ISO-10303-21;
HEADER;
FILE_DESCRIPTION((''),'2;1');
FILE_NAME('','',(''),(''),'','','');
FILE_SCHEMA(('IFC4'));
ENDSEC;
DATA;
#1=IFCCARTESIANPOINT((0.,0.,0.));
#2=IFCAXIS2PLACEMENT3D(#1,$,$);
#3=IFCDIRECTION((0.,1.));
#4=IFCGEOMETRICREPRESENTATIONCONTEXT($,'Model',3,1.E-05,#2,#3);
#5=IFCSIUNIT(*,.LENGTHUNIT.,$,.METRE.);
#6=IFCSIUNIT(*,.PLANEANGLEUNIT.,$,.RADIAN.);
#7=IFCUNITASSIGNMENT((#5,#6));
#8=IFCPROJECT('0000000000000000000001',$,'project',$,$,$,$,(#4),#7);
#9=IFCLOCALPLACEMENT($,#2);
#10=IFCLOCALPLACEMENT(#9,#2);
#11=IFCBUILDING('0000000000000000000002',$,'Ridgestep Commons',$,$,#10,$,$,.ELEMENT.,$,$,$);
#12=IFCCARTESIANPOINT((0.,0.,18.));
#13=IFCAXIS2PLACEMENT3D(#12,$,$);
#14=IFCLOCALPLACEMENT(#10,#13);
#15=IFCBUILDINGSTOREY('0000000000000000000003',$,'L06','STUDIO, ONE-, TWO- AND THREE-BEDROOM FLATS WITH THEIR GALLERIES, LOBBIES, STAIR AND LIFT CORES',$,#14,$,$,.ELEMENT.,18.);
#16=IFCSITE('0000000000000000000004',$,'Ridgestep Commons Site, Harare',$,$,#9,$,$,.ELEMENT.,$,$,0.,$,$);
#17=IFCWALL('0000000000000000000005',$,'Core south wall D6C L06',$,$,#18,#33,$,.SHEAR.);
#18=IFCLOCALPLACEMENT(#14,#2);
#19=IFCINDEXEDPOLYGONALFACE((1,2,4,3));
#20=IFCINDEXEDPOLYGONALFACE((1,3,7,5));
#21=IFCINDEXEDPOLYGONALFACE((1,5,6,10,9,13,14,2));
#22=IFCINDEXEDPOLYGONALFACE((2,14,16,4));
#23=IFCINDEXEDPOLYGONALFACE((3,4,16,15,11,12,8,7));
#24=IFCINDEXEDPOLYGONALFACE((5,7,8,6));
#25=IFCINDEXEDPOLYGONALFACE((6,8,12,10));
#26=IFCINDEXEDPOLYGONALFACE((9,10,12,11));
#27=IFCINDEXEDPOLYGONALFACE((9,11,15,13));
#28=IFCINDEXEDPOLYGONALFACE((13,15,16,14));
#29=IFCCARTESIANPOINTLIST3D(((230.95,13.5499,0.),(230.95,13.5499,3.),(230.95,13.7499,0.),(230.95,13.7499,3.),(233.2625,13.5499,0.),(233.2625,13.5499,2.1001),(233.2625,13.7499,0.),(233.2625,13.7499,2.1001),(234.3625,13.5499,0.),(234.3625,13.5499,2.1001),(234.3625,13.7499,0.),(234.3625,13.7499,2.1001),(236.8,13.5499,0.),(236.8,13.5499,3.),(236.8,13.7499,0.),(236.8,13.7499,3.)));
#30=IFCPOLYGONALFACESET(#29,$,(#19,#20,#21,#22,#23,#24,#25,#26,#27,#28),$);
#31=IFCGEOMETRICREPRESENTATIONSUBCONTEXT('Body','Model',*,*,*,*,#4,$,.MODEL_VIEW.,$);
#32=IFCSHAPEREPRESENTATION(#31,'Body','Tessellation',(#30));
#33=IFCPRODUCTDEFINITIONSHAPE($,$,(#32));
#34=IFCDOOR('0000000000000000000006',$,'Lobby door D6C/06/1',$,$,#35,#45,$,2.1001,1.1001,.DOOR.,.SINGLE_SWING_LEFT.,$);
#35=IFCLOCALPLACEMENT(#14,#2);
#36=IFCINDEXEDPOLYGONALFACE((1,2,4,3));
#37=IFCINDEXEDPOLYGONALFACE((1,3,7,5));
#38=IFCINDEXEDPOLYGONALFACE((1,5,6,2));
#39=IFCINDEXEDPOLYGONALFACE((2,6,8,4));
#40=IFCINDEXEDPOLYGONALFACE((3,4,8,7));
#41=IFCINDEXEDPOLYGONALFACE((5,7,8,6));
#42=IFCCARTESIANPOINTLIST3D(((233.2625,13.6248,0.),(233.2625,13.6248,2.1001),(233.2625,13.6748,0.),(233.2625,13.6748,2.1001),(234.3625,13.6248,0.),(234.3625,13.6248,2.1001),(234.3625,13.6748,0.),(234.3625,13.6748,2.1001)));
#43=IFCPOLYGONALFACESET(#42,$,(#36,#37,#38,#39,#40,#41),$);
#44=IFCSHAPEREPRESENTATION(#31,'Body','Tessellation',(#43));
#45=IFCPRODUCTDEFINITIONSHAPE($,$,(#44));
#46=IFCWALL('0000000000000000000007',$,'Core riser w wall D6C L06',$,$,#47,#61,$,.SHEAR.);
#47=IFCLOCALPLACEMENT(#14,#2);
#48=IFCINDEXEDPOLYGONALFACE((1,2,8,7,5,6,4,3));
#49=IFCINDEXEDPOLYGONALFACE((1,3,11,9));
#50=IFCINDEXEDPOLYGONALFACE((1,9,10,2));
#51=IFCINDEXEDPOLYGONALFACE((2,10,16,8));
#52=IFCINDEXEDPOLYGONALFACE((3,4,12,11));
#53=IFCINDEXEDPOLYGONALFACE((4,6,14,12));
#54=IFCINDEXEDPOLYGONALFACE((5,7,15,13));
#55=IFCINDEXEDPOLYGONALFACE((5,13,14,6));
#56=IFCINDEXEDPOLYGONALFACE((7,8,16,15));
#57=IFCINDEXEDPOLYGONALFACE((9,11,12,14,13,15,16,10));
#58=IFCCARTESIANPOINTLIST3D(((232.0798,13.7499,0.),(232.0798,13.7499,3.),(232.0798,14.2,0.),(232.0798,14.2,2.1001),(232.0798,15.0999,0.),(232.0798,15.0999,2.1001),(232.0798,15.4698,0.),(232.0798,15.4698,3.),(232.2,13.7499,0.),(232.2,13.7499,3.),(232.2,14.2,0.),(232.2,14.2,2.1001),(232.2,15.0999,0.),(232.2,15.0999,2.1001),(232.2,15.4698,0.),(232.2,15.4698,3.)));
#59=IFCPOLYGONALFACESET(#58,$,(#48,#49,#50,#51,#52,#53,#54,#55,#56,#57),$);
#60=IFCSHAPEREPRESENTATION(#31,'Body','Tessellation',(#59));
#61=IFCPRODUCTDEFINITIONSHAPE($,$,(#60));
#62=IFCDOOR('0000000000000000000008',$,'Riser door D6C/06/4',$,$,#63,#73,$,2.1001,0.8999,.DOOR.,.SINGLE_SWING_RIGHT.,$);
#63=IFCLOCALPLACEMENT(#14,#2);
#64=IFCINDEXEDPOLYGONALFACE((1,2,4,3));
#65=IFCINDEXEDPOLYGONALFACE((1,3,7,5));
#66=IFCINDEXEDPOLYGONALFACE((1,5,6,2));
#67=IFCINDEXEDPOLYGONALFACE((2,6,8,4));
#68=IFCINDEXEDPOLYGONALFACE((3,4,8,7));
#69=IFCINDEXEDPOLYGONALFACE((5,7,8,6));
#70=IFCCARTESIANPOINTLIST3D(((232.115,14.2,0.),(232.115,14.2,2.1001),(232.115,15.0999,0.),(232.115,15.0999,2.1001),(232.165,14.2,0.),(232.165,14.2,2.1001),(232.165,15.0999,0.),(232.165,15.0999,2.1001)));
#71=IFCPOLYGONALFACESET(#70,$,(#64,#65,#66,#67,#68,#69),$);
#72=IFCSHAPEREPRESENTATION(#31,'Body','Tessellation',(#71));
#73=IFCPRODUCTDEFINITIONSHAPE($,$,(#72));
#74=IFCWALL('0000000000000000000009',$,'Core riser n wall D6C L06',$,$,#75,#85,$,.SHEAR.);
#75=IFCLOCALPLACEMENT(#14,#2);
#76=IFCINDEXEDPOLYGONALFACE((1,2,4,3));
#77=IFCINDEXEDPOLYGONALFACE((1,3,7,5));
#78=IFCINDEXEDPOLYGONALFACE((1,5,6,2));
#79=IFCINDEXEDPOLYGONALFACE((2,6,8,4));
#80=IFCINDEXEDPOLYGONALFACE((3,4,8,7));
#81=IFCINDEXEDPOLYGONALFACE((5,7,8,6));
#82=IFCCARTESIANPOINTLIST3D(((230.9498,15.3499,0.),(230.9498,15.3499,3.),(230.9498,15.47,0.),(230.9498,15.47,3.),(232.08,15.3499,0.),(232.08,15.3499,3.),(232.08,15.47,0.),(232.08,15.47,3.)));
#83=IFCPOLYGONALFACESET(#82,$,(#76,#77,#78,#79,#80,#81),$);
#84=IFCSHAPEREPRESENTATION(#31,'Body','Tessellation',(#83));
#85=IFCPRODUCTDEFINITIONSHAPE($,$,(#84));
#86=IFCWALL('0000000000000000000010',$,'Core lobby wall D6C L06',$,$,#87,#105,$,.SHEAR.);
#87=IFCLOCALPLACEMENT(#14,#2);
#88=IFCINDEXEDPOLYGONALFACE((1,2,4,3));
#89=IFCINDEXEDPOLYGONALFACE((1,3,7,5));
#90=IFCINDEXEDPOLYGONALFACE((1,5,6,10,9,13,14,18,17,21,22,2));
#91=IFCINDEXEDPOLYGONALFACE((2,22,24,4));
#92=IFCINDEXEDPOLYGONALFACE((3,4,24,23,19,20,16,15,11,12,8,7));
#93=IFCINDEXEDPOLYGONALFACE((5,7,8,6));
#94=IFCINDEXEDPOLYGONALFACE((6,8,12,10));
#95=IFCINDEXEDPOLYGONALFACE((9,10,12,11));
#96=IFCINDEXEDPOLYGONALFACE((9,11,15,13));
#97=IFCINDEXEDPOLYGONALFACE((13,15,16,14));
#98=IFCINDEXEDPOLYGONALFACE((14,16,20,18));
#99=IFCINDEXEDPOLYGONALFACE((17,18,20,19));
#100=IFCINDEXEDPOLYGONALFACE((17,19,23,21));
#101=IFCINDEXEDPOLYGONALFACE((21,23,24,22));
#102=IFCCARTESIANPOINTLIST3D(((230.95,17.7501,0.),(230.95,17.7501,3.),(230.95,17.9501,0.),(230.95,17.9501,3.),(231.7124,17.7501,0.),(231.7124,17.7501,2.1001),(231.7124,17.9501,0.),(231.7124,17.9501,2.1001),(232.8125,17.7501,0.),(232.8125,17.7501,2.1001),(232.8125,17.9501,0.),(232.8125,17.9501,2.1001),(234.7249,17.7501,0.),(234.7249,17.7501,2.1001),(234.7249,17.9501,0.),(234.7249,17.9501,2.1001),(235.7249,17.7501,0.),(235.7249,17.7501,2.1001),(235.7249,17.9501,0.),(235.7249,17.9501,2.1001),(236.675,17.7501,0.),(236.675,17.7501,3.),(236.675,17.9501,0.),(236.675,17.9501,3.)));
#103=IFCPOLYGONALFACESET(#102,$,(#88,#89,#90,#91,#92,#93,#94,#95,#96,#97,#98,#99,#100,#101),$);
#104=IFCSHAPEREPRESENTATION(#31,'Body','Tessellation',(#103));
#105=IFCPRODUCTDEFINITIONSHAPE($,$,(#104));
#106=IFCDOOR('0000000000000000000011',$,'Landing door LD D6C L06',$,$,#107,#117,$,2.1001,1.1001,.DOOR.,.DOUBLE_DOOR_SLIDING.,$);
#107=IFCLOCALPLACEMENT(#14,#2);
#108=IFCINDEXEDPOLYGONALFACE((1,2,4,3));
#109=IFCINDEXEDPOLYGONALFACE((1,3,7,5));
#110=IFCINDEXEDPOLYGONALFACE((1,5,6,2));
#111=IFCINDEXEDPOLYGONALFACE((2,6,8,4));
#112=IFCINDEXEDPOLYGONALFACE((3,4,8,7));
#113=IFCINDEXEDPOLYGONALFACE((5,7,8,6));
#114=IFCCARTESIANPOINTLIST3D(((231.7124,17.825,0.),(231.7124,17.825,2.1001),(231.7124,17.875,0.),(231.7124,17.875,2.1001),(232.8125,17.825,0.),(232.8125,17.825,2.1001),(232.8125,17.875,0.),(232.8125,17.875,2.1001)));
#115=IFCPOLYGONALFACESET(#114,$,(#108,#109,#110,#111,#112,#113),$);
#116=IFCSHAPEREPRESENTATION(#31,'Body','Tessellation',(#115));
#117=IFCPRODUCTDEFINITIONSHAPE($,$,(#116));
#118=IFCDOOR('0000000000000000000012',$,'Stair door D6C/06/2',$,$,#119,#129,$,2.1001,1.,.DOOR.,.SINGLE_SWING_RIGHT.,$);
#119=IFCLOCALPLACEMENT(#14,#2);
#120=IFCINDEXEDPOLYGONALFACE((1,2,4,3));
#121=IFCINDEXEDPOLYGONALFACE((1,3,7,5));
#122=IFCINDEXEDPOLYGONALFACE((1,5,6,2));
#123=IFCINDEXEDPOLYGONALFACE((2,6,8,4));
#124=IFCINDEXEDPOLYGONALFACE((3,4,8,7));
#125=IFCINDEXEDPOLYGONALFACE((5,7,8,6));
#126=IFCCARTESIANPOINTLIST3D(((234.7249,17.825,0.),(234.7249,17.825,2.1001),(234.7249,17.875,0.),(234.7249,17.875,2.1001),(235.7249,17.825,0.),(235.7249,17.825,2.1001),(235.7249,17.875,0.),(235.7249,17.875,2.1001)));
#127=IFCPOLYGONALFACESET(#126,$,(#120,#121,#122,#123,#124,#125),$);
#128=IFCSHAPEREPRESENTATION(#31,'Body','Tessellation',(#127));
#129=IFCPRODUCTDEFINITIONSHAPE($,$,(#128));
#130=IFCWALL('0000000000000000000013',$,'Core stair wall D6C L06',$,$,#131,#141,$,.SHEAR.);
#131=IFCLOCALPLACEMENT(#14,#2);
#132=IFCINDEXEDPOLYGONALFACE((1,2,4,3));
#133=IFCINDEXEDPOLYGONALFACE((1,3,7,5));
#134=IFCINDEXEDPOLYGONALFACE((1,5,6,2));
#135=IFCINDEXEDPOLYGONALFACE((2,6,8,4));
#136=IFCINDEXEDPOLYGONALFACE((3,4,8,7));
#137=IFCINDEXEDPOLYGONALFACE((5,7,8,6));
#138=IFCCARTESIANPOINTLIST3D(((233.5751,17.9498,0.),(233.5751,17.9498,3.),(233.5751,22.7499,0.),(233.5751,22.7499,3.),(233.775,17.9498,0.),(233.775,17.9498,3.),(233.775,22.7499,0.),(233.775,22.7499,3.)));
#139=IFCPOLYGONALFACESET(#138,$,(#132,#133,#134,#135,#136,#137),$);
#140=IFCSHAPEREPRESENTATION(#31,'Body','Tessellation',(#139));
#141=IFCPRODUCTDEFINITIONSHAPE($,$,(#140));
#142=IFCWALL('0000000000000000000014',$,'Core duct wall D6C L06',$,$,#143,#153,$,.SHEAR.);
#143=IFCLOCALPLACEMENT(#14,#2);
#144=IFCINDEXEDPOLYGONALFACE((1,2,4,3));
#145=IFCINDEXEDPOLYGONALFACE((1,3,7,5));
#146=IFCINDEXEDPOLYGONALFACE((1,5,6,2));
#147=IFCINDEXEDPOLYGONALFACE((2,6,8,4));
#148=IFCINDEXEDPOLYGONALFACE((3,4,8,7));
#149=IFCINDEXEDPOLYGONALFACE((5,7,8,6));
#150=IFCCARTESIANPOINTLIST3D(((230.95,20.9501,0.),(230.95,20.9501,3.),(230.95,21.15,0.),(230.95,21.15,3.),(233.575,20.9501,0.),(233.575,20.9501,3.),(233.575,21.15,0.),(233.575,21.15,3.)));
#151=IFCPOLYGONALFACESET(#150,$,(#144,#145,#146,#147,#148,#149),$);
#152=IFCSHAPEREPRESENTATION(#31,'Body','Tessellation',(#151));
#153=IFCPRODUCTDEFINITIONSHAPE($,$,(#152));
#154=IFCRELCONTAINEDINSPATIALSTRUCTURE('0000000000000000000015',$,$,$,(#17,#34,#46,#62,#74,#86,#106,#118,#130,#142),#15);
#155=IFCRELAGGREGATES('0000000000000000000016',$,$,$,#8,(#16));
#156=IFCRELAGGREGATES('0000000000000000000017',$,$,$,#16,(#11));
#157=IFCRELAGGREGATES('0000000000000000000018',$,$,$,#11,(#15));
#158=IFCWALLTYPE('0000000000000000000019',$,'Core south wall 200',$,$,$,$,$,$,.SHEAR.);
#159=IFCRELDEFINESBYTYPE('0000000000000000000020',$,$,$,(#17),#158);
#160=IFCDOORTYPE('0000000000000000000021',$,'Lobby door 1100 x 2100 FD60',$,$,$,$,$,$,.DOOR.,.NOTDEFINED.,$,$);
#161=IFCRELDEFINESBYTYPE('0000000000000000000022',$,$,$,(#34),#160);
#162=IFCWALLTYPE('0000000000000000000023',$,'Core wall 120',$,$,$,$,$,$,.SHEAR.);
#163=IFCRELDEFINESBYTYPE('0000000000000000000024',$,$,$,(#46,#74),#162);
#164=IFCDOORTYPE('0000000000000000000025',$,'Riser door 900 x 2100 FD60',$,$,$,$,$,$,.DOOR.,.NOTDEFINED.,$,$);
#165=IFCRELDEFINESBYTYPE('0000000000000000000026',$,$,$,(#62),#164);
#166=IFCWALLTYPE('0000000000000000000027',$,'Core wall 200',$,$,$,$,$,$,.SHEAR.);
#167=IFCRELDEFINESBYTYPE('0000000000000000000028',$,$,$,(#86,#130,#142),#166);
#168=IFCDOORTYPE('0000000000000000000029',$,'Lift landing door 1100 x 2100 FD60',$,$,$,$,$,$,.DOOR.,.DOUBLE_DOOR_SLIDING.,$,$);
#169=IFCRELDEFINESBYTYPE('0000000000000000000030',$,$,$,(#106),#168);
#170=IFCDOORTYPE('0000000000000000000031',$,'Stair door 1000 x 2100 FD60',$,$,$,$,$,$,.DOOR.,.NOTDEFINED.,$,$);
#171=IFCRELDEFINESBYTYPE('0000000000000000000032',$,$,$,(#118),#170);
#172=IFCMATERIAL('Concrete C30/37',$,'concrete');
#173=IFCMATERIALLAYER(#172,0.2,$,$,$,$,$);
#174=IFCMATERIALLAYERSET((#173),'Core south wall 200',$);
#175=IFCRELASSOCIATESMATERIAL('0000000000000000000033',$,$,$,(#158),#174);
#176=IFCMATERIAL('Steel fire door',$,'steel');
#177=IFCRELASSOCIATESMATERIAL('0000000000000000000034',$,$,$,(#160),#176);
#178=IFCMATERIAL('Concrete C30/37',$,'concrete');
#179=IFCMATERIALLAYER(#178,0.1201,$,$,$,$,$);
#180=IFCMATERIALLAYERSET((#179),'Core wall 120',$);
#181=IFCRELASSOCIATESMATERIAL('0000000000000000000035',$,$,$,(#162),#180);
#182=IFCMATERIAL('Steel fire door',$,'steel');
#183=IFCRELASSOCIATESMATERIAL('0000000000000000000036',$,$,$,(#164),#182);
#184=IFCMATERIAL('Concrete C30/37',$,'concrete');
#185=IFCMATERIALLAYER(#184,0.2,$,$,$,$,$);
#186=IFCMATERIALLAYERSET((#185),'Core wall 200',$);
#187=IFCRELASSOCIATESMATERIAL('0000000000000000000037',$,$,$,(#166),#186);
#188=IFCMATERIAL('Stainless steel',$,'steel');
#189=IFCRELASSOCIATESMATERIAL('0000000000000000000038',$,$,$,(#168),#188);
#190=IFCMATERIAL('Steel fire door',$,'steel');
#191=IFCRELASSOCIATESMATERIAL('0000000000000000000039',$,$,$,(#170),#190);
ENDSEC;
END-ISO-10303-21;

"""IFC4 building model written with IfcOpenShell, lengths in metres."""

from ifc_helpers import new_model, si_unit, direction, frame, frame_2d, origin, place, context, subcontext, project, spatial, rectangle, extrude, material, layer, layer_set, type_object, element, fill, save


model = new_model("IFC4")

# Units and contexts
model_context = context("Model", 3, precision=1e-05, world=origin(), true_north=direction((0.0, 1.0)))
body_context = subcontext(model_context, "Body", "Model", "MODEL_VIEW")
ifc_project = project(units=[si_unit("LENGTHUNIT", "METRE"), si_unit("PLANEANGLEUNIT", "RADIAN")], contexts=[model_context])

# Site, building, storey
site_placement = place(None, origin())
site = spatial("IfcSite", under=ifc_project, at=site_placement, Name="Ridgestep Commons Site, Harare", CompositionType="ELEMENT", RefElevation=0.0)
building_placement = place(site_placement, origin())
building = spatial("IfcBuilding", under=site, at=building_placement, Name="Ridgestep Commons", CompositionType="ELEMENT")
storey_placement = place(building_placement, frame((0.0, 0.0, 18.0)))
storey = spatial("IfcBuildingStorey", under=building, at=storey_placement, Name="L06", Description="STUDIO, ONE-, TWO- AND THREE-BEDROOM FLATS WITH THEIR GALLERIES, LOBBIES, STAIR AND LIFT CORES", CompositionType="ELEMENT", Elevation=18.0)

# Walls, openings, doors
ifc_material_1 = material(Name="Concrete C30/37", Category="concrete")
ifc_layer_1 = layer(ifc_material_1, 0.2)
ifc_layer_set_1 = layer_set([ifc_layer_1], Name="Core south wall 200")
wall_type_1 = type_object("IfcWallType", Name="Core south wall 200", PredefinedType="SHEAR", material=ifc_layer_set_1)
wall_1_placement = place(storey_placement, frame((230.95, 13.6499, 0.0), z_axis=(0.0, 0.0, 1.0), x_axis=(1.0, 0.0, 0.0)))
wall_1 = element("IfcWall", 1, at=wall_1_placement, inside=storey, type_object=wall_type_1, Name="Core south wall D6C L06", PredefinedType="SHEAR", context=body_context, shape_type="SweptSolid", body=[
    extrude(rectangle(XDim=5.8501, YDim=0.2, at=frame_2d((2.925, 0.0))), origin(), (0.0, 0.0, 1.0), 3.0),
])
opening_1_placement = place(wall_1_placement, frame((2.3125, 0.0, 0.0)))
opening_1 = element("IfcOpeningElement", 2, at=opening_1_placement, cuts=wall_1, PredefinedType="OPENING", context=body_context, shape_type="SweptSolid", body=[
    extrude(rectangle(XDim=1.1001, YDim=2.1001, at=frame_2d((0.55, 1.05))), frame((0.0, 0.1099, 0.0), z_axis=(0.0, -1.0, 0.0), x_axis=(1.0, 0.0, 0.0)), (0.0, 0.0, 1.0), 0.22),
])
ifc_material_2 = material(Name="Steel fire door", Category="steel")
door_type_1 = type_object("IfcDoorType", Name="Lobby door 1100 x 2100 FD60", OperationType="NOTDEFINED", PredefinedType="DOOR", material=ifc_material_2)
door_1_placement = place(opening_1_placement, origin())
door_1 = element("IfcDoor", 3, at=door_1_placement, inside=storey, type_object=door_type_1, Name="Lobby door D6C/06/1", OperationType="SINGLE_SWING_LEFT", OverallHeight=2.1001, OverallWidth=1.1001, PredefinedType="DOOR", context=body_context, shape_type="SweptSolid", body=[
    extrude(rectangle(XDim=1.1001, YDim=2.1001, at=frame_2d((0.55, 1.05))), frame((0.0, 0.0249, 0.0), z_axis=(0.0, -1.0, 0.0), x_axis=(1.0, 0.0, 0.0)), (0.0, 0.0, 1.0), 0.05),
])
fill(opening_1, door_1)
ifc_material_3 = material(Name="Concrete C30/37", Category="concrete")
ifc_layer_2 = layer(ifc_material_3, 0.1201)
ifc_layer_set_2 = layer_set([ifc_layer_2], Name="Core wall 120")
wall_type_2 = type_object("IfcWallType", Name="Core wall 120", PredefinedType="SHEAR", material=ifc_layer_set_2)
wall_2_placement = place(storey_placement, frame((232.1399, 13.75, 0.0), z_axis=(0.0, 0.0, 1.0), x_axis=(0.0, 1.0, 0.0)))
wall_2 = element("IfcWall", 4, at=wall_2_placement, inside=storey, type_object=wall_type_2, Name="Core riser w wall D6C L06", PredefinedType="SHEAR", context=body_context, shape_type="SweptSolid", body=[
    extrude(rectangle(XDim=1.72, YDim=0.1201, at=frame_2d((0.8599, 0.0))), origin(), (0.0, 0.0, 1.0), 3.0),
])
opening_2_placement = place(wall_2_placement, frame((0.45, 0.0, 0.0)))
opening_2 = element("IfcOpeningElement", 5, at=opening_2_placement, cuts=wall_2, PredefinedType="OPENING", context=body_context, shape_type="SweptSolid", body=[
    extrude(rectangle(XDim=0.8999, YDim=2.1001, at=frame_2d((0.45, 1.05))), frame((0.0, 0.0701, 0.0), z_axis=(0.0, -1.0, 0.0), x_axis=(1.0, 0.0, 0.0)), (0.0, 0.0, 1.0), 0.1401),
])
ifc_material_4 = material(Name="Steel fire door", Category="steel")
door_type_2 = type_object("IfcDoorType", Name="Riser door 900 x 2100 FD60", OperationType="NOTDEFINED", PredefinedType="DOOR", material=ifc_material_4)
door_2_placement = place(opening_2_placement, origin())
door_2 = element("IfcDoor", 6, at=door_2_placement, inside=storey, type_object=door_type_2, Name="Riser door D6C/06/4", OperationType="SINGLE_SWING_RIGHT", OverallHeight=2.1001, OverallWidth=0.8999, PredefinedType="DOOR", context=body_context, shape_type="SweptSolid", body=[
    extrude(rectangle(XDim=0.8999, YDim=2.1001, at=frame_2d((0.45, 1.05))), frame((0.0, 0.0249, 0.0), z_axis=(0.0, -1.0, 0.0), x_axis=(1.0, 0.0, 0.0)), (0.0, 0.0, 1.0), 0.05),
])
fill(opening_2, door_2)

# Wall
wall_3_placement = place(storey_placement, frame((230.95, 15.4099, 0.0), z_axis=(0.0, 0.0, 1.0), x_axis=(1.0, 0.0, 0.0)))
element("IfcWall", 7, at=wall_3_placement, inside=storey, type_object=wall_type_2, Name="Core riser n wall D6C L06", PredefinedType="SHEAR", context=body_context, shape_type="SweptSolid", body=[
    extrude(rectangle(XDim=1.1301, YDim=0.1201, at=frame_2d((0.5649, 0.0))), origin(), (0.0, 0.0, 1.0), 3.0),
])

# Wall, openings, doors
ifc_material_5 = material(Name="Concrete C30/37", Category="concrete")
ifc_layer_3 = layer(ifc_material_5, 0.2)
ifc_layer_set_3 = layer_set([ifc_layer_3], Name="Core wall 200")
wall_type_3 = type_object("IfcWallType", Name="Core wall 200", PredefinedType="SHEAR", material=ifc_layer_set_3)
wall_4_placement = place(storey_placement, frame((230.95, 17.8501, 0.0), z_axis=(0.0, 0.0, 1.0), x_axis=(1.0, 0.0, 0.0)))
wall_4 = element("IfcWall", 8, at=wall_4_placement, inside=storey, type_object=wall_type_3, Name="Core lobby wall D6C L06", PredefinedType="SHEAR", context=body_context, shape_type="SweptSolid", body=[
    extrude(rectangle(XDim=5.7251, YDim=0.2, at=frame_2d((2.8625, 0.0))), origin(), (0.0, 0.0, 1.0), 3.0),
])
opening_3_placement = place(wall_4_placement, frame((3.7749, 0.0, 0.0)))
opening_3 = element("IfcOpeningElement", 9, at=opening_3_placement, cuts=wall_4, PredefinedType="OPENING", context=body_context, shape_type="SweptSolid", body=[
    extrude(rectangle(XDim=1.0, YDim=2.1001, at=frame_2d((0.5, 1.05))), frame((0.0, 0.1099, 0.0), z_axis=(0.0, -1.0, 0.0), x_axis=(1.0, 0.0, 0.0)), (0.0, 0.0, 1.0), 0.22),
])
opening_4_placement = place(wall_4_placement, frame((0.7625, 0.0, 0.0)))
opening_4 = element("IfcOpeningElement", 10, at=opening_4_placement, cuts=wall_4, PredefinedType="OPENING", context=body_context, shape_type="SweptSolid", body=[
    extrude(rectangle(XDim=1.1001, YDim=2.1001, at=frame_2d((0.55, 1.05))), frame((0.0, 0.1099, 0.0), z_axis=(0.0, -1.0, 0.0), x_axis=(1.0, 0.0, 0.0)), (0.0, 0.0, 1.0), 0.22),
])
ifc_material_6 = material(Name="Stainless steel", Category="steel")
door_type_3 = type_object("IfcDoorType", Name="Lift landing door 1100 x 2100 FD60", OperationType="DOUBLE_DOOR_SLIDING", PredefinedType="DOOR", material=ifc_material_6)
door_3_placement = place(opening_4_placement, origin())
door_3 = element("IfcDoor", 11, at=door_3_placement, inside=storey, type_object=door_type_3, Name="Landing door LD D6C L06", OperationType="DOUBLE_DOOR_SLIDING", OverallHeight=2.1001, OverallWidth=1.1001, PredefinedType="DOOR", context=body_context, shape_type="SweptSolid", body=[
    extrude(rectangle(XDim=1.1001, YDim=2.1001, at=frame_2d((0.55, 1.05))), frame((0.0, 0.0249, 0.0), z_axis=(0.0, -1.0, 0.0), x_axis=(1.0, 0.0, 0.0)), (0.0, 0.0, 1.0), 0.05),
])
fill(opening_4, door_3)
ifc_material_7 = material(Name="Steel fire door", Category="steel")
door_type_4 = type_object("IfcDoorType", Name="Stair door 1000 x 2100 FD60", OperationType="NOTDEFINED", PredefinedType="DOOR", material=ifc_material_7)
door_4_placement = place(opening_3_placement, origin())
door_4 = element("IfcDoor", 12, at=door_4_placement, inside=storey, type_object=door_type_4, Name="Stair door D6C/06/2", OperationType="SINGLE_SWING_RIGHT", OverallHeight=2.1001, OverallWidth=1.0, PredefinedType="DOOR", context=body_context, shape_type="SweptSolid", body=[
    extrude(rectangle(XDim=1.0, YDim=2.1001, at=frame_2d((0.5, 1.05))), frame((0.0, 0.0249, 0.0), z_axis=(0.0, -1.0, 0.0), x_axis=(1.0, 0.0, 0.0)), (0.0, 0.0, 1.0), 0.05),
])
fill(opening_3, door_4)

# Walls
wall_5_placement = place(storey_placement, frame((233.675, 17.95, 0.0), z_axis=(0.0, 0.0, 1.0), x_axis=(0.0, 1.0, 0.0)))
element("IfcWall", 13, at=wall_5_placement, inside=storey, type_object=wall_type_3, Name="Core stair wall D6C L06", PredefinedType="SHEAR", context=body_context, shape_type="SweptSolid", body=[
    extrude(rectangle(XDim=4.8, YDim=0.2, at=frame_2d((2.3999, 0.0))), origin(), (0.0, 0.0, 1.0), 3.0),
])
wall_6_placement = place(storey_placement, frame((230.95, 21.05, 0.0), z_axis=(0.0, 0.0, 1.0), x_axis=(1.0, 0.0, 0.0)))
element("IfcWall", 14, at=wall_6_placement, inside=storey, type_object=wall_type_3, Name="Core duct wall D6C L06", PredefinedType="SHEAR", context=body_context, shape_type="SweptSolid", body=[
    extrude(rectangle(XDim=2.625, YDim=0.2, at=frame_2d((1.3125, 0.0))), origin(), (0.0, 0.0, 1.0), 3.0),
])

save(model, "model.ifc")
